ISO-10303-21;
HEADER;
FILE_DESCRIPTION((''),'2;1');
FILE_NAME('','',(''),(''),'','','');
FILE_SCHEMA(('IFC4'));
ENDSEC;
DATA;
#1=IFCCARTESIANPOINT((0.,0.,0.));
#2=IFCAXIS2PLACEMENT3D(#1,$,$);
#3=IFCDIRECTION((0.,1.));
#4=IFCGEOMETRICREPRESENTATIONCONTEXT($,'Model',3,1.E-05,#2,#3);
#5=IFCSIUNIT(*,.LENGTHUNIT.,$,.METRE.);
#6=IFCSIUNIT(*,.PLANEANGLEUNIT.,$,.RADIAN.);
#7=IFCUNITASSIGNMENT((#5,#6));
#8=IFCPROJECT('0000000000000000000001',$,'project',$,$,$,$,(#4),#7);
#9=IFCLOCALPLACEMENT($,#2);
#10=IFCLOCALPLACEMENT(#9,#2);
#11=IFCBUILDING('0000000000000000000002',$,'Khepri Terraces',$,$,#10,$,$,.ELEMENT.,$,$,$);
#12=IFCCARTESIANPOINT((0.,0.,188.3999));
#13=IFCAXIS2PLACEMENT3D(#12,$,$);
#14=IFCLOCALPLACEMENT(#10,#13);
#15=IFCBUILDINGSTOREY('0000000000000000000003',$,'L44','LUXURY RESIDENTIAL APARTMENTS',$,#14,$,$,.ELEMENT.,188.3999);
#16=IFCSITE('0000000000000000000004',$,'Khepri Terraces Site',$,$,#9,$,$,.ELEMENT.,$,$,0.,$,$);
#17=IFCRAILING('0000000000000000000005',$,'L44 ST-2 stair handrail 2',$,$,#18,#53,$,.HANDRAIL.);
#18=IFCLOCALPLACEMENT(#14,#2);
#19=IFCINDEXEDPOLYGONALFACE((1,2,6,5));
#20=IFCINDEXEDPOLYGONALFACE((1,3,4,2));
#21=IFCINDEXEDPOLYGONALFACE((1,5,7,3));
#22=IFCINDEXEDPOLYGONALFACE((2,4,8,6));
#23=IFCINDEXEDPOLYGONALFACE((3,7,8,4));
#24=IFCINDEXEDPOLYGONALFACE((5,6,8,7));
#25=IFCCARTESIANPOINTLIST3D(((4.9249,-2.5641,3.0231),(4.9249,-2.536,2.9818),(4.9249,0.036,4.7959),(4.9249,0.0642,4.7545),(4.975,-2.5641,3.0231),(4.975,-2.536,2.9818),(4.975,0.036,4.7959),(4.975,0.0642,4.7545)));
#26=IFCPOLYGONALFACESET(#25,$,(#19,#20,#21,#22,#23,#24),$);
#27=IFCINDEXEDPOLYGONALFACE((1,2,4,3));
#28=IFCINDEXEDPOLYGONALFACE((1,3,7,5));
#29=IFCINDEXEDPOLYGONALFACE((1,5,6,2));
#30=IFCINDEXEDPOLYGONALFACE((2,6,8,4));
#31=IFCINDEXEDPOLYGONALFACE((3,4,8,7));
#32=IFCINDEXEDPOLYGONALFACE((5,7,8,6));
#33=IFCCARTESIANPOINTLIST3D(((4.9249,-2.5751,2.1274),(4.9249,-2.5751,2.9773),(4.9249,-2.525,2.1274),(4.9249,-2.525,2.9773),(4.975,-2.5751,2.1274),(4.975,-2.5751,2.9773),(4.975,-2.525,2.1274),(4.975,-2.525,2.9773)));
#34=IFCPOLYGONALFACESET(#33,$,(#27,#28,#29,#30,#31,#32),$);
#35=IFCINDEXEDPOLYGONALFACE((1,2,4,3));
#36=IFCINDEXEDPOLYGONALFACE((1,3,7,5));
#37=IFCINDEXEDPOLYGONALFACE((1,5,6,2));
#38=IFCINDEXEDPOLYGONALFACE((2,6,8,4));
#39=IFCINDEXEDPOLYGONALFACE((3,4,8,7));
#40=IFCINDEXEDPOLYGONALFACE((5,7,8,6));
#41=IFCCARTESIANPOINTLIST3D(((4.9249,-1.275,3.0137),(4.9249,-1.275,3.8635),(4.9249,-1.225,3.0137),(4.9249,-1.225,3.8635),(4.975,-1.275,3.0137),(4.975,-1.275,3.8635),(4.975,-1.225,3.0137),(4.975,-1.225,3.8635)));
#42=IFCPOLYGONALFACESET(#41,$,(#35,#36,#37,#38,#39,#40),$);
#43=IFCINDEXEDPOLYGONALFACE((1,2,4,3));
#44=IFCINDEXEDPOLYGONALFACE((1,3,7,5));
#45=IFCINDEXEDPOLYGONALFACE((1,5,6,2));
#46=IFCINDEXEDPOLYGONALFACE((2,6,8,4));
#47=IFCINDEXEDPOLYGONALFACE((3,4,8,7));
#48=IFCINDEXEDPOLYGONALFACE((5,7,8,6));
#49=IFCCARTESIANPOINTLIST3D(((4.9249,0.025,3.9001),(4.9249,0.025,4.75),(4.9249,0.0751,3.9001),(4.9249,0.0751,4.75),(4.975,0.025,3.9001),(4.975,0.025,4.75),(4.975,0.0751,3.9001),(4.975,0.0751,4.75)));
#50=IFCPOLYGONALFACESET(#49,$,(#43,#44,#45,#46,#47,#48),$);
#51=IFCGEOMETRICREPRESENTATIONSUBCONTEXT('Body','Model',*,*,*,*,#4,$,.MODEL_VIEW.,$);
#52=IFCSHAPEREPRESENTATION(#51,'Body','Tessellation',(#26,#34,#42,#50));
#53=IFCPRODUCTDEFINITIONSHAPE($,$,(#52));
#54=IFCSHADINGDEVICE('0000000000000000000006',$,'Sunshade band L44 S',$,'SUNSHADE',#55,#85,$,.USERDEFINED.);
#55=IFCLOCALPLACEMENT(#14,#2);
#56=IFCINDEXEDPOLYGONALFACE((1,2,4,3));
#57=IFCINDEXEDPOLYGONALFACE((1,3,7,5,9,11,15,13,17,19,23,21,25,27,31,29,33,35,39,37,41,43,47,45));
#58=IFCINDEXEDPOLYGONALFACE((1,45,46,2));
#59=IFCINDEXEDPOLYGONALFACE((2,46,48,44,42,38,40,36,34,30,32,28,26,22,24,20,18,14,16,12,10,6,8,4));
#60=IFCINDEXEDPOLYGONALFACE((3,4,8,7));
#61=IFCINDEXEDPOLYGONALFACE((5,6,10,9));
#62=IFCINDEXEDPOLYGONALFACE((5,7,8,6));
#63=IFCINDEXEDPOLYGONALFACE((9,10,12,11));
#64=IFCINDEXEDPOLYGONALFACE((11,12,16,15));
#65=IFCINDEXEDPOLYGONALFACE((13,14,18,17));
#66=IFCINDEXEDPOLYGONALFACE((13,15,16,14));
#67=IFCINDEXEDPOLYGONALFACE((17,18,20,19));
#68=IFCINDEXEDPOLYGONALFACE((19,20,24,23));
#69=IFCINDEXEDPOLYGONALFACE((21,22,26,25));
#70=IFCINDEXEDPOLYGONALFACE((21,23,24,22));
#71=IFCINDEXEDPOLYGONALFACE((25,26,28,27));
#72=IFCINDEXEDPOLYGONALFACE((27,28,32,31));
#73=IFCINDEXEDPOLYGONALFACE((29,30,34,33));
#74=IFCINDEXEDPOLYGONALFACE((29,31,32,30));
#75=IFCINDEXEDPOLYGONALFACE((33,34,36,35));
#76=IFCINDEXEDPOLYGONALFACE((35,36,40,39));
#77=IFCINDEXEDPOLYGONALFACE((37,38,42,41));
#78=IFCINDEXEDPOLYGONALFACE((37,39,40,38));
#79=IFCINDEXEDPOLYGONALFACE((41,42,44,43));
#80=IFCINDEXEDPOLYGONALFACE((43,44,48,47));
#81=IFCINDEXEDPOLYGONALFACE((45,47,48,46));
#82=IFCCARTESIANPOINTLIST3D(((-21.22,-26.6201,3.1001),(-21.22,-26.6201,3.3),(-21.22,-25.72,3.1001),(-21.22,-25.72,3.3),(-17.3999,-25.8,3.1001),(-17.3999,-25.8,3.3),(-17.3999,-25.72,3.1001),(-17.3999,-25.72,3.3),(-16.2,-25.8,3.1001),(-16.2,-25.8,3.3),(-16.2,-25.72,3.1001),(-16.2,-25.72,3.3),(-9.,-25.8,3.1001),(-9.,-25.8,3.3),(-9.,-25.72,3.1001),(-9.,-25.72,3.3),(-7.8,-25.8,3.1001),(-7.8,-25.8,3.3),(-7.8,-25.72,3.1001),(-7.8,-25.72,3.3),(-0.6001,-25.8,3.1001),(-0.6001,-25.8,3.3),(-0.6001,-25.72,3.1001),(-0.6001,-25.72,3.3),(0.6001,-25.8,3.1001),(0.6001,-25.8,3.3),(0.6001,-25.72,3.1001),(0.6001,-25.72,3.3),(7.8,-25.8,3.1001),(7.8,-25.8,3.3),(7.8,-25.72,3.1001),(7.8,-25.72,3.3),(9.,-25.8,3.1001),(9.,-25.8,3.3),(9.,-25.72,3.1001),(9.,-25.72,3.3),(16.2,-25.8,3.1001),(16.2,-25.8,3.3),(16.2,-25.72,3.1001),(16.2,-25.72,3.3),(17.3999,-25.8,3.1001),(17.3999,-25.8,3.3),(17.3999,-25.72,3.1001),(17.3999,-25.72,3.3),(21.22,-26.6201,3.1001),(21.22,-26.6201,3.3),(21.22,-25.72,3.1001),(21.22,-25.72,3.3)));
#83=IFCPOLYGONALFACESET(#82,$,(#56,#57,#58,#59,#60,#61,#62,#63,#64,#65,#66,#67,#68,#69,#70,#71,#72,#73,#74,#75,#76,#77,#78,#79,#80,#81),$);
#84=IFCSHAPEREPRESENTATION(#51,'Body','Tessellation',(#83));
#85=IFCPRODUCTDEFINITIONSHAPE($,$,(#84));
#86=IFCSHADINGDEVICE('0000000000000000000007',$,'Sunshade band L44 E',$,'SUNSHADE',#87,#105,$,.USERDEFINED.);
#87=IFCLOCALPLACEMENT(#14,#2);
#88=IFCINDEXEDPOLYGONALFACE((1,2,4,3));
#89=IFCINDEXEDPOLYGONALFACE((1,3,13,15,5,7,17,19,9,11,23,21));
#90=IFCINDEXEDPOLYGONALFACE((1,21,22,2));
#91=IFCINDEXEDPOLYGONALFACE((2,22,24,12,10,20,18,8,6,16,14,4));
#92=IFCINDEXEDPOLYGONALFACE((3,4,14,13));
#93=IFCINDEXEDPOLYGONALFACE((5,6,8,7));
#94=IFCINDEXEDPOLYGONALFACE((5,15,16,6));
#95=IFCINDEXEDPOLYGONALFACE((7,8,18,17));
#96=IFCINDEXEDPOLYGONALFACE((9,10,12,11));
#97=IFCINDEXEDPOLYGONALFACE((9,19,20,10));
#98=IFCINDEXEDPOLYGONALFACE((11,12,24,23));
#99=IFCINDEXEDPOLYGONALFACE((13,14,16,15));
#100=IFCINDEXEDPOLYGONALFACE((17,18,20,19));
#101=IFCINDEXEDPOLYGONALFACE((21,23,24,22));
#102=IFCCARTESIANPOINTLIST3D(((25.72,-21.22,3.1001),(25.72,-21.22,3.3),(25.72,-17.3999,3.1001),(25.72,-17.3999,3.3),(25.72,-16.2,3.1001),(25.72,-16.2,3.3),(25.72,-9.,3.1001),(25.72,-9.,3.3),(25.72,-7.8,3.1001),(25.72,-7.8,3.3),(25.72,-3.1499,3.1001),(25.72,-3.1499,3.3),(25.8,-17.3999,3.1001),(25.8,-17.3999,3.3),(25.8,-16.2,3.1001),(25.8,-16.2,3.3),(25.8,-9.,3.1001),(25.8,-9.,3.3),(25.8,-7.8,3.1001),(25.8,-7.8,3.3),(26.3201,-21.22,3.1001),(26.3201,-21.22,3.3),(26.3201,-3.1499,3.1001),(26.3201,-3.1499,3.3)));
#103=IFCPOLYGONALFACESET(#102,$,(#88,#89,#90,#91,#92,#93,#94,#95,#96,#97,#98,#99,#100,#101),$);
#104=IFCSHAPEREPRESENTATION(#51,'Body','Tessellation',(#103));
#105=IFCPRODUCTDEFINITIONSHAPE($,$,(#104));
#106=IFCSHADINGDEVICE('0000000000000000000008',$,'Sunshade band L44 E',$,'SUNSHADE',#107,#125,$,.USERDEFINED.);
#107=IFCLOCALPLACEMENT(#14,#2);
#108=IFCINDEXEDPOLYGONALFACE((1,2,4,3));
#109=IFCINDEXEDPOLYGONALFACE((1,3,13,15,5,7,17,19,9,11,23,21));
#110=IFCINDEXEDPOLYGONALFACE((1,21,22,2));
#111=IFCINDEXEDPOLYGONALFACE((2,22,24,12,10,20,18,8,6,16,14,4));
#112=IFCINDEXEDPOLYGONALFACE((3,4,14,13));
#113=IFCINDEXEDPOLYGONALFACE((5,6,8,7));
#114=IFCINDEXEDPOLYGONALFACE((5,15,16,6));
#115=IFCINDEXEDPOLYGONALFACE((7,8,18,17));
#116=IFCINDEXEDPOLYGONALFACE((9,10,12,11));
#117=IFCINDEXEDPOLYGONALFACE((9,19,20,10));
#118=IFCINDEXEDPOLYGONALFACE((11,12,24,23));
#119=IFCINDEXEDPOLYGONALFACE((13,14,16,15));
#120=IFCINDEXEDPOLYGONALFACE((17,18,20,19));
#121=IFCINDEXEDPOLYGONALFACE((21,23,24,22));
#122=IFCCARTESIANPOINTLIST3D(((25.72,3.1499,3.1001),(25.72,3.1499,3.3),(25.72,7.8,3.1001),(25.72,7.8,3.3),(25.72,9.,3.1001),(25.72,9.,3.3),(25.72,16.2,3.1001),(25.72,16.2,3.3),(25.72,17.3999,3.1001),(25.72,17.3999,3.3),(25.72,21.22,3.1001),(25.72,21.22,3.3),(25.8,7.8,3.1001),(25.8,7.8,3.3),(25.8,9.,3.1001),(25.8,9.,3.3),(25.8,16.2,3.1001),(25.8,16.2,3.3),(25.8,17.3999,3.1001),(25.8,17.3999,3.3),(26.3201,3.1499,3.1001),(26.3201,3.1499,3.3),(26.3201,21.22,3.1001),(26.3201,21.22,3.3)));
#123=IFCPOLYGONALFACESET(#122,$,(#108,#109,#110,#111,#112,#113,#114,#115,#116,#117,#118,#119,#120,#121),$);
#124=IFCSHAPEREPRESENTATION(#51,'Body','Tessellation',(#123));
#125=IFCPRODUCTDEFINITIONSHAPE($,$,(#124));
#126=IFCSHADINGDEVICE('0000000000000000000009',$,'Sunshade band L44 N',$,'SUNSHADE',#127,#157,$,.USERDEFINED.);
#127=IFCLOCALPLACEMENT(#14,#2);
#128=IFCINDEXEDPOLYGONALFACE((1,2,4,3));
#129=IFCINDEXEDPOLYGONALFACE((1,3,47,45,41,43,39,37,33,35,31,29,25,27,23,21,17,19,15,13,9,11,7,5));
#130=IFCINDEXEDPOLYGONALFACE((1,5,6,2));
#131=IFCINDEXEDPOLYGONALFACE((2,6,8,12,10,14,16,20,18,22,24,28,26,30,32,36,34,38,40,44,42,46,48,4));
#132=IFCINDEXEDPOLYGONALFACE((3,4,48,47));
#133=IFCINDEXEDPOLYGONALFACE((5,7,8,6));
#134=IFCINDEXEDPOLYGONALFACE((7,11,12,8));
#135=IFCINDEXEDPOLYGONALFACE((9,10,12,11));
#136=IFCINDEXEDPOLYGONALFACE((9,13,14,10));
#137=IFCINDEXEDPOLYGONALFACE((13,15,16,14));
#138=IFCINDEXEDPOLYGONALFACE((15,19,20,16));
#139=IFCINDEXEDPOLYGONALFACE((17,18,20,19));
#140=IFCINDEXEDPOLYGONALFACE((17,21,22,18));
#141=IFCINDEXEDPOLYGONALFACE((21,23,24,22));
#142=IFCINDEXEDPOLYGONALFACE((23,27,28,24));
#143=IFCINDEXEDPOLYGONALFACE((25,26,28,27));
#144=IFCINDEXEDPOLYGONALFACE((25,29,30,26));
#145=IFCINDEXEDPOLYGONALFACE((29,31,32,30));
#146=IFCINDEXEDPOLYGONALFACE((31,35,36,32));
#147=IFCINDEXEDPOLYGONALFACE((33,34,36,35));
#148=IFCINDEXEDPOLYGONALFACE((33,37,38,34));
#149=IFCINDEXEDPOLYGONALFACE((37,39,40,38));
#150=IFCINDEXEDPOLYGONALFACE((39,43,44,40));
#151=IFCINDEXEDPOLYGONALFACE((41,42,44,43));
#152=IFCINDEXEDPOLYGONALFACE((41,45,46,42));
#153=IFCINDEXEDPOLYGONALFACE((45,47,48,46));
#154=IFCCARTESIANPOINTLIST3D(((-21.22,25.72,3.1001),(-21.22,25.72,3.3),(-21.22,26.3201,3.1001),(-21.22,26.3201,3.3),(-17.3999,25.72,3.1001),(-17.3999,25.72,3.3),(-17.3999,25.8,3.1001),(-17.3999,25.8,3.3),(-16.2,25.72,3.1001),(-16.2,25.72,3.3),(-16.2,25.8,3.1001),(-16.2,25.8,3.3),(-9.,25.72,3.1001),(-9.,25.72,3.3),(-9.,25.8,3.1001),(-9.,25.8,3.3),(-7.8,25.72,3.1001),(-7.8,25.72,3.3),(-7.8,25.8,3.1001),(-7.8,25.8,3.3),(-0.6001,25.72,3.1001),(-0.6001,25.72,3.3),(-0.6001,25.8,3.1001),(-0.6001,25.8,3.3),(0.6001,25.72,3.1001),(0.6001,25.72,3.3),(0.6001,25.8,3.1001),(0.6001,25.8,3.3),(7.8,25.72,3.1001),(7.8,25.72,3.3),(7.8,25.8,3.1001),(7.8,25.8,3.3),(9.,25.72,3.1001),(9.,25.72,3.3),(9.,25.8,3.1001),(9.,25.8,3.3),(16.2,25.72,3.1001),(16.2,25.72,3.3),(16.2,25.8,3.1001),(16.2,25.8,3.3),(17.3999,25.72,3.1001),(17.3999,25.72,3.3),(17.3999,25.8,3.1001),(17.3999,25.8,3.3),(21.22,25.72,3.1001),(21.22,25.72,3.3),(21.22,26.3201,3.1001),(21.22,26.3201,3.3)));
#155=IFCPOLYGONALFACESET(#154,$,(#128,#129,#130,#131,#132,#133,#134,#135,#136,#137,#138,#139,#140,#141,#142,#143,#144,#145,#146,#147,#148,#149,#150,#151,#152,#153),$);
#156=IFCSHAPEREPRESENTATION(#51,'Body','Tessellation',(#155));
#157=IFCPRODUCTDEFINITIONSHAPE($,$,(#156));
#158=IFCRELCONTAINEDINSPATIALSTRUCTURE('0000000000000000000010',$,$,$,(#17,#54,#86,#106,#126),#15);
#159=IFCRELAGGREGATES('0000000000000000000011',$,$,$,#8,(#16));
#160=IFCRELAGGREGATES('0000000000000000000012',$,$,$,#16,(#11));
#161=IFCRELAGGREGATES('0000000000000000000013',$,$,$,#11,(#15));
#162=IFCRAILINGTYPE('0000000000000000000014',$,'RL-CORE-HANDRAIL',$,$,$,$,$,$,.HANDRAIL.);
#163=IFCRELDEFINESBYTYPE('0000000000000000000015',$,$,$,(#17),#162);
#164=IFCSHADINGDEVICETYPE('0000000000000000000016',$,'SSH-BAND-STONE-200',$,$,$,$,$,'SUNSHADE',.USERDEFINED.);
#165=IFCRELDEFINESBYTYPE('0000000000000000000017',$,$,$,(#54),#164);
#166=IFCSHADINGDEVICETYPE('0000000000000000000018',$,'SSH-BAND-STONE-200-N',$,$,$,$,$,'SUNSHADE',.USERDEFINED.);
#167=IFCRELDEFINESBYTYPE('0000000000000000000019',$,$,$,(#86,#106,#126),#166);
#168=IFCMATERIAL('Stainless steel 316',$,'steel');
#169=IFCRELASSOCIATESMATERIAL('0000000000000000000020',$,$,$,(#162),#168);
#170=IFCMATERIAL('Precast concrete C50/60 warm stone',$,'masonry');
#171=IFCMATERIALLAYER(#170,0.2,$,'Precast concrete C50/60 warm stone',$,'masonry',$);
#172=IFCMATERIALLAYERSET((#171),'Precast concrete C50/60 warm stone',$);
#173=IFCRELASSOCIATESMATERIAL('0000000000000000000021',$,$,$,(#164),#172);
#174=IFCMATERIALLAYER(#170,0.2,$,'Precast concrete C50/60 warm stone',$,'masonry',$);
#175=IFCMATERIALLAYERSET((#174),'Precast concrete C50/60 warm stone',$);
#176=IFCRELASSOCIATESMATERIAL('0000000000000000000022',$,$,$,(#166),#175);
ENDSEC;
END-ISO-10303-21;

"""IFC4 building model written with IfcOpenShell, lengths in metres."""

from ifc_helpers import new_model, si_unit, direction, frame, origin, origin_2d, place, context, subcontext, project, spatial, polyline, rectangle, outline, extrude, material, layer, layer_set, type_object, element, save


model = new_model("IFC4")

# Units and contexts
model_context = context("Model", 3, precision=1e-05, world=origin(), true_north=direction((0.0, 1.0)))
body_context = subcontext(model_context, "Body", "Model", "MODEL_VIEW")
ifc_project = project(units=[si_unit("LENGTHUNIT", "METRE"), si_unit("PLANEANGLEUNIT", "RADIAN")], contexts=[model_context])

# Site, building, storey
site_placement = place(None, origin())
site = spatial("IfcSite", under=ifc_project, at=site_placement, Name="Khepri Terraces Site", CompositionType="ELEMENT", RefElevation=0.0)
building_placement = place(site_placement, origin())
building = spatial("IfcBuilding", under=site, at=building_placement, Name="Khepri Terraces", CompositionType="ELEMENT")
storey_placement = place(building_placement, frame((0.0, 0.0, 188.3999)))
storey = spatial("IfcBuildingStorey", under=building, at=storey_placement, Name="L44", Description="LUXURY RESIDENTIAL APARTMENTS", CompositionType="ELEMENT", Elevation=188.3999)

# Shared definitions
ifc_material_1 = material(Name="Precast concrete C50/60 warm stone", Category="masonry")

# Railing
ifc_material_2 = material(Name="Stainless steel 316", Category="steel")
railing_type_1 = type_object("IfcRailingType", Name="RL-CORE-HANDRAIL", PredefinedType="HANDRAIL", material=ifc_material_2)
railing_1_placement = place(storey_placement, frame((4.95, -2.55, 2.1274)))
element("IfcRailing", 1, at=railing_1_placement, inside=storey, type_object=railing_type_1, Name="L44 ST-2 stair handrail 2", PredefinedType="HANDRAIL", context=body_context, shape_type="SweptSolid", body=[
    extrude(rectangle(XDim=0.05, YDim=0.05, at=origin_2d()), frame((0.0, 0.0, 0.875), z_axis=(0.0, 0.82624, 0.563318), x_axis=(-1.0, 0.0, 0.0)), (0.0, 0.0, 1.0), 3.147),
    extrude(rectangle(XDim=0.05, YDim=0.05, at=origin_2d()), origin(), (0.0, 0.0, 1.0), 0.8499),
    extrude(rectangle(XDim=0.05, YDim=0.05, at=origin_2d()), frame((0.0, 1.3, 0.8862)), (0.0, 0.0, 1.0), 0.8499),
    extrude(rectangle(XDim=0.05, YDim=0.05, at=origin_2d()), frame((0.0, 2.6001, 1.7727)), (0.0, 0.0, 1.0), 0.8499),
])

# Shading devices
ifc_layer_1 = layer(ifc_material_1, 0.2, Name="Precast concrete C50/60 warm stone", Category="masonry")
ifc_layer_set_1 = layer_set([ifc_layer_1], Name="Precast concrete C50/60 warm stone")
shading_device_type_1 = type_object("IfcShadingDeviceType", Name="SSH-BAND-STONE-200", ElementType="SUNSHADE", PredefinedType="USERDEFINED", material=ifc_layer_set_1)
shading_device_1_placement = place(storey_placement, frame((0.0, 0.0, 3.1001)))
element("IfcShadingDevice", 2, at=shading_device_1_placement, inside=storey, type_object=shading_device_type_1, Name="Sunshade band L44 S", ObjectType="SUNSHADE", PredefinedType="USERDEFINED", context=body_context, shape_type="SweptSolid", body=[
    extrude(outline(polyline([(-17.3999, -25.72), (-21.22, -25.72), (-21.22, -26.6201), (21.22, -26.6201), (21.22, -25.72), (17.3999, -25.72), (17.3999, -25.8), (16.2, -25.8), (16.2, -25.72), (9.0, -25.72), (9.0, -25.8), (7.8, -25.8), (7.8, -25.72), (0.6001, -25.72), (0.6001, -25.8), (-0.6001, -25.8), (-0.6001, -25.72), (-7.8, -25.72), (-7.8, -25.8), (-9.0, -25.8), (-9.0, -25.72), (-16.2, -25.72), (-16.2, -25.8), (-17.3999, -25.8), (-17.3999, -25.72)])), origin(), (0.0, 0.0, 1.0), 0.2),
])
ifc_layer_2 = layer(ifc_material_1, 0.2, Name="Precast concrete C50/60 warm stone", Category="masonry")
ifc_layer_set_2 = layer_set([ifc_layer_2], Name="Precast concrete C50/60 warm stone")
shading_device_type_2 = type_object("IfcShadingDeviceType", Name="SSH-BAND-STONE-200-N", ElementType="SUNSHADE", PredefinedType="USERDEFINED", material=ifc_layer_set_2)
shading_device_2_placement = place(storey_placement, frame((0.0, 0.0, 3.1001)))
element("IfcShadingDevice", 3, at=shading_device_2_placement, inside=storey, type_object=shading_device_type_2, Name="Sunshade band L44 E", ObjectType="SUNSHADE", PredefinedType="USERDEFINED", context=body_context, shape_type="SweptSolid", body=[
    extrude(outline(polyline([(25.72, -17.3999), (25.72, -21.22), (26.3201, -21.22), (26.3201, -3.1499), (25.72, -3.1499), (25.72, -7.8), (25.8, -7.8), (25.8, -9.0), (25.72, -9.0), (25.72, -16.2), (25.8, -16.2), (25.8, -17.3999), (25.72, -17.3999)])), origin(), (0.0, 0.0, 1.0), 0.2),
])
shading_device_3_placement = place(storey_placement, frame((0.0, 0.0, 3.1001)))
element("IfcShadingDevice", 4, at=shading_device_3_placement, inside=storey, type_object=shading_device_type_2, Name="Sunshade band L44 E", ObjectType="SUNSHADE", PredefinedType="USERDEFINED", context=body_context, shape_type="SweptSolid", body=[
    extrude(outline(polyline([(25.72, 7.8), (25.72, 3.1499), (26.3201, 3.1499), (26.3201, 21.22), (25.72, 21.22), (25.72, 17.3999), (25.8, 17.3999), (25.8, 16.2), (25.72, 16.2), (25.72, 9.0), (25.8, 9.0), (25.8, 7.8), (25.72, 7.8)])), origin(), (0.0, 0.0, 1.0), 0.2),
])
shading_device_4_placement = place(storey_placement, frame((0.0, 0.0, 3.1001)))
element("IfcShadingDevice", 5, at=shading_device_4_placement, inside=storey, type_object=shading_device_type_2, Name="Sunshade band L44 N", ObjectType="SUNSHADE", PredefinedType="USERDEFINED", context=body_context, shape_type="SweptSolid", body=[
    extrude(outline(polyline([(17.3999, 25.72), (21.22, 25.72), (21.22, 26.3201), (-21.22, 26.3201), (-21.22, 25.72), (-17.3999, 25.72), (-17.3999, 25.8), (-16.2, 25.8), (-16.2, 25.72), (-9.0, 25.72), (-9.0, 25.8), (-7.8, 25.8), (-7.8, 25.72), (-0.6001, 25.72), (-0.6001, 25.8), (0.6001, 25.8), (0.6001, 25.72), (7.8, 25.72), (7.8, 25.8), (9.0, 25.8), (9.0, 25.72), (16.2, 25.72), (16.2, 25.8), (17.3999, 25.8), (17.3999, 25.72)])), origin(), (0.0, 0.0, 1.0), 0.2),
])

save(model, "model.ifc")
